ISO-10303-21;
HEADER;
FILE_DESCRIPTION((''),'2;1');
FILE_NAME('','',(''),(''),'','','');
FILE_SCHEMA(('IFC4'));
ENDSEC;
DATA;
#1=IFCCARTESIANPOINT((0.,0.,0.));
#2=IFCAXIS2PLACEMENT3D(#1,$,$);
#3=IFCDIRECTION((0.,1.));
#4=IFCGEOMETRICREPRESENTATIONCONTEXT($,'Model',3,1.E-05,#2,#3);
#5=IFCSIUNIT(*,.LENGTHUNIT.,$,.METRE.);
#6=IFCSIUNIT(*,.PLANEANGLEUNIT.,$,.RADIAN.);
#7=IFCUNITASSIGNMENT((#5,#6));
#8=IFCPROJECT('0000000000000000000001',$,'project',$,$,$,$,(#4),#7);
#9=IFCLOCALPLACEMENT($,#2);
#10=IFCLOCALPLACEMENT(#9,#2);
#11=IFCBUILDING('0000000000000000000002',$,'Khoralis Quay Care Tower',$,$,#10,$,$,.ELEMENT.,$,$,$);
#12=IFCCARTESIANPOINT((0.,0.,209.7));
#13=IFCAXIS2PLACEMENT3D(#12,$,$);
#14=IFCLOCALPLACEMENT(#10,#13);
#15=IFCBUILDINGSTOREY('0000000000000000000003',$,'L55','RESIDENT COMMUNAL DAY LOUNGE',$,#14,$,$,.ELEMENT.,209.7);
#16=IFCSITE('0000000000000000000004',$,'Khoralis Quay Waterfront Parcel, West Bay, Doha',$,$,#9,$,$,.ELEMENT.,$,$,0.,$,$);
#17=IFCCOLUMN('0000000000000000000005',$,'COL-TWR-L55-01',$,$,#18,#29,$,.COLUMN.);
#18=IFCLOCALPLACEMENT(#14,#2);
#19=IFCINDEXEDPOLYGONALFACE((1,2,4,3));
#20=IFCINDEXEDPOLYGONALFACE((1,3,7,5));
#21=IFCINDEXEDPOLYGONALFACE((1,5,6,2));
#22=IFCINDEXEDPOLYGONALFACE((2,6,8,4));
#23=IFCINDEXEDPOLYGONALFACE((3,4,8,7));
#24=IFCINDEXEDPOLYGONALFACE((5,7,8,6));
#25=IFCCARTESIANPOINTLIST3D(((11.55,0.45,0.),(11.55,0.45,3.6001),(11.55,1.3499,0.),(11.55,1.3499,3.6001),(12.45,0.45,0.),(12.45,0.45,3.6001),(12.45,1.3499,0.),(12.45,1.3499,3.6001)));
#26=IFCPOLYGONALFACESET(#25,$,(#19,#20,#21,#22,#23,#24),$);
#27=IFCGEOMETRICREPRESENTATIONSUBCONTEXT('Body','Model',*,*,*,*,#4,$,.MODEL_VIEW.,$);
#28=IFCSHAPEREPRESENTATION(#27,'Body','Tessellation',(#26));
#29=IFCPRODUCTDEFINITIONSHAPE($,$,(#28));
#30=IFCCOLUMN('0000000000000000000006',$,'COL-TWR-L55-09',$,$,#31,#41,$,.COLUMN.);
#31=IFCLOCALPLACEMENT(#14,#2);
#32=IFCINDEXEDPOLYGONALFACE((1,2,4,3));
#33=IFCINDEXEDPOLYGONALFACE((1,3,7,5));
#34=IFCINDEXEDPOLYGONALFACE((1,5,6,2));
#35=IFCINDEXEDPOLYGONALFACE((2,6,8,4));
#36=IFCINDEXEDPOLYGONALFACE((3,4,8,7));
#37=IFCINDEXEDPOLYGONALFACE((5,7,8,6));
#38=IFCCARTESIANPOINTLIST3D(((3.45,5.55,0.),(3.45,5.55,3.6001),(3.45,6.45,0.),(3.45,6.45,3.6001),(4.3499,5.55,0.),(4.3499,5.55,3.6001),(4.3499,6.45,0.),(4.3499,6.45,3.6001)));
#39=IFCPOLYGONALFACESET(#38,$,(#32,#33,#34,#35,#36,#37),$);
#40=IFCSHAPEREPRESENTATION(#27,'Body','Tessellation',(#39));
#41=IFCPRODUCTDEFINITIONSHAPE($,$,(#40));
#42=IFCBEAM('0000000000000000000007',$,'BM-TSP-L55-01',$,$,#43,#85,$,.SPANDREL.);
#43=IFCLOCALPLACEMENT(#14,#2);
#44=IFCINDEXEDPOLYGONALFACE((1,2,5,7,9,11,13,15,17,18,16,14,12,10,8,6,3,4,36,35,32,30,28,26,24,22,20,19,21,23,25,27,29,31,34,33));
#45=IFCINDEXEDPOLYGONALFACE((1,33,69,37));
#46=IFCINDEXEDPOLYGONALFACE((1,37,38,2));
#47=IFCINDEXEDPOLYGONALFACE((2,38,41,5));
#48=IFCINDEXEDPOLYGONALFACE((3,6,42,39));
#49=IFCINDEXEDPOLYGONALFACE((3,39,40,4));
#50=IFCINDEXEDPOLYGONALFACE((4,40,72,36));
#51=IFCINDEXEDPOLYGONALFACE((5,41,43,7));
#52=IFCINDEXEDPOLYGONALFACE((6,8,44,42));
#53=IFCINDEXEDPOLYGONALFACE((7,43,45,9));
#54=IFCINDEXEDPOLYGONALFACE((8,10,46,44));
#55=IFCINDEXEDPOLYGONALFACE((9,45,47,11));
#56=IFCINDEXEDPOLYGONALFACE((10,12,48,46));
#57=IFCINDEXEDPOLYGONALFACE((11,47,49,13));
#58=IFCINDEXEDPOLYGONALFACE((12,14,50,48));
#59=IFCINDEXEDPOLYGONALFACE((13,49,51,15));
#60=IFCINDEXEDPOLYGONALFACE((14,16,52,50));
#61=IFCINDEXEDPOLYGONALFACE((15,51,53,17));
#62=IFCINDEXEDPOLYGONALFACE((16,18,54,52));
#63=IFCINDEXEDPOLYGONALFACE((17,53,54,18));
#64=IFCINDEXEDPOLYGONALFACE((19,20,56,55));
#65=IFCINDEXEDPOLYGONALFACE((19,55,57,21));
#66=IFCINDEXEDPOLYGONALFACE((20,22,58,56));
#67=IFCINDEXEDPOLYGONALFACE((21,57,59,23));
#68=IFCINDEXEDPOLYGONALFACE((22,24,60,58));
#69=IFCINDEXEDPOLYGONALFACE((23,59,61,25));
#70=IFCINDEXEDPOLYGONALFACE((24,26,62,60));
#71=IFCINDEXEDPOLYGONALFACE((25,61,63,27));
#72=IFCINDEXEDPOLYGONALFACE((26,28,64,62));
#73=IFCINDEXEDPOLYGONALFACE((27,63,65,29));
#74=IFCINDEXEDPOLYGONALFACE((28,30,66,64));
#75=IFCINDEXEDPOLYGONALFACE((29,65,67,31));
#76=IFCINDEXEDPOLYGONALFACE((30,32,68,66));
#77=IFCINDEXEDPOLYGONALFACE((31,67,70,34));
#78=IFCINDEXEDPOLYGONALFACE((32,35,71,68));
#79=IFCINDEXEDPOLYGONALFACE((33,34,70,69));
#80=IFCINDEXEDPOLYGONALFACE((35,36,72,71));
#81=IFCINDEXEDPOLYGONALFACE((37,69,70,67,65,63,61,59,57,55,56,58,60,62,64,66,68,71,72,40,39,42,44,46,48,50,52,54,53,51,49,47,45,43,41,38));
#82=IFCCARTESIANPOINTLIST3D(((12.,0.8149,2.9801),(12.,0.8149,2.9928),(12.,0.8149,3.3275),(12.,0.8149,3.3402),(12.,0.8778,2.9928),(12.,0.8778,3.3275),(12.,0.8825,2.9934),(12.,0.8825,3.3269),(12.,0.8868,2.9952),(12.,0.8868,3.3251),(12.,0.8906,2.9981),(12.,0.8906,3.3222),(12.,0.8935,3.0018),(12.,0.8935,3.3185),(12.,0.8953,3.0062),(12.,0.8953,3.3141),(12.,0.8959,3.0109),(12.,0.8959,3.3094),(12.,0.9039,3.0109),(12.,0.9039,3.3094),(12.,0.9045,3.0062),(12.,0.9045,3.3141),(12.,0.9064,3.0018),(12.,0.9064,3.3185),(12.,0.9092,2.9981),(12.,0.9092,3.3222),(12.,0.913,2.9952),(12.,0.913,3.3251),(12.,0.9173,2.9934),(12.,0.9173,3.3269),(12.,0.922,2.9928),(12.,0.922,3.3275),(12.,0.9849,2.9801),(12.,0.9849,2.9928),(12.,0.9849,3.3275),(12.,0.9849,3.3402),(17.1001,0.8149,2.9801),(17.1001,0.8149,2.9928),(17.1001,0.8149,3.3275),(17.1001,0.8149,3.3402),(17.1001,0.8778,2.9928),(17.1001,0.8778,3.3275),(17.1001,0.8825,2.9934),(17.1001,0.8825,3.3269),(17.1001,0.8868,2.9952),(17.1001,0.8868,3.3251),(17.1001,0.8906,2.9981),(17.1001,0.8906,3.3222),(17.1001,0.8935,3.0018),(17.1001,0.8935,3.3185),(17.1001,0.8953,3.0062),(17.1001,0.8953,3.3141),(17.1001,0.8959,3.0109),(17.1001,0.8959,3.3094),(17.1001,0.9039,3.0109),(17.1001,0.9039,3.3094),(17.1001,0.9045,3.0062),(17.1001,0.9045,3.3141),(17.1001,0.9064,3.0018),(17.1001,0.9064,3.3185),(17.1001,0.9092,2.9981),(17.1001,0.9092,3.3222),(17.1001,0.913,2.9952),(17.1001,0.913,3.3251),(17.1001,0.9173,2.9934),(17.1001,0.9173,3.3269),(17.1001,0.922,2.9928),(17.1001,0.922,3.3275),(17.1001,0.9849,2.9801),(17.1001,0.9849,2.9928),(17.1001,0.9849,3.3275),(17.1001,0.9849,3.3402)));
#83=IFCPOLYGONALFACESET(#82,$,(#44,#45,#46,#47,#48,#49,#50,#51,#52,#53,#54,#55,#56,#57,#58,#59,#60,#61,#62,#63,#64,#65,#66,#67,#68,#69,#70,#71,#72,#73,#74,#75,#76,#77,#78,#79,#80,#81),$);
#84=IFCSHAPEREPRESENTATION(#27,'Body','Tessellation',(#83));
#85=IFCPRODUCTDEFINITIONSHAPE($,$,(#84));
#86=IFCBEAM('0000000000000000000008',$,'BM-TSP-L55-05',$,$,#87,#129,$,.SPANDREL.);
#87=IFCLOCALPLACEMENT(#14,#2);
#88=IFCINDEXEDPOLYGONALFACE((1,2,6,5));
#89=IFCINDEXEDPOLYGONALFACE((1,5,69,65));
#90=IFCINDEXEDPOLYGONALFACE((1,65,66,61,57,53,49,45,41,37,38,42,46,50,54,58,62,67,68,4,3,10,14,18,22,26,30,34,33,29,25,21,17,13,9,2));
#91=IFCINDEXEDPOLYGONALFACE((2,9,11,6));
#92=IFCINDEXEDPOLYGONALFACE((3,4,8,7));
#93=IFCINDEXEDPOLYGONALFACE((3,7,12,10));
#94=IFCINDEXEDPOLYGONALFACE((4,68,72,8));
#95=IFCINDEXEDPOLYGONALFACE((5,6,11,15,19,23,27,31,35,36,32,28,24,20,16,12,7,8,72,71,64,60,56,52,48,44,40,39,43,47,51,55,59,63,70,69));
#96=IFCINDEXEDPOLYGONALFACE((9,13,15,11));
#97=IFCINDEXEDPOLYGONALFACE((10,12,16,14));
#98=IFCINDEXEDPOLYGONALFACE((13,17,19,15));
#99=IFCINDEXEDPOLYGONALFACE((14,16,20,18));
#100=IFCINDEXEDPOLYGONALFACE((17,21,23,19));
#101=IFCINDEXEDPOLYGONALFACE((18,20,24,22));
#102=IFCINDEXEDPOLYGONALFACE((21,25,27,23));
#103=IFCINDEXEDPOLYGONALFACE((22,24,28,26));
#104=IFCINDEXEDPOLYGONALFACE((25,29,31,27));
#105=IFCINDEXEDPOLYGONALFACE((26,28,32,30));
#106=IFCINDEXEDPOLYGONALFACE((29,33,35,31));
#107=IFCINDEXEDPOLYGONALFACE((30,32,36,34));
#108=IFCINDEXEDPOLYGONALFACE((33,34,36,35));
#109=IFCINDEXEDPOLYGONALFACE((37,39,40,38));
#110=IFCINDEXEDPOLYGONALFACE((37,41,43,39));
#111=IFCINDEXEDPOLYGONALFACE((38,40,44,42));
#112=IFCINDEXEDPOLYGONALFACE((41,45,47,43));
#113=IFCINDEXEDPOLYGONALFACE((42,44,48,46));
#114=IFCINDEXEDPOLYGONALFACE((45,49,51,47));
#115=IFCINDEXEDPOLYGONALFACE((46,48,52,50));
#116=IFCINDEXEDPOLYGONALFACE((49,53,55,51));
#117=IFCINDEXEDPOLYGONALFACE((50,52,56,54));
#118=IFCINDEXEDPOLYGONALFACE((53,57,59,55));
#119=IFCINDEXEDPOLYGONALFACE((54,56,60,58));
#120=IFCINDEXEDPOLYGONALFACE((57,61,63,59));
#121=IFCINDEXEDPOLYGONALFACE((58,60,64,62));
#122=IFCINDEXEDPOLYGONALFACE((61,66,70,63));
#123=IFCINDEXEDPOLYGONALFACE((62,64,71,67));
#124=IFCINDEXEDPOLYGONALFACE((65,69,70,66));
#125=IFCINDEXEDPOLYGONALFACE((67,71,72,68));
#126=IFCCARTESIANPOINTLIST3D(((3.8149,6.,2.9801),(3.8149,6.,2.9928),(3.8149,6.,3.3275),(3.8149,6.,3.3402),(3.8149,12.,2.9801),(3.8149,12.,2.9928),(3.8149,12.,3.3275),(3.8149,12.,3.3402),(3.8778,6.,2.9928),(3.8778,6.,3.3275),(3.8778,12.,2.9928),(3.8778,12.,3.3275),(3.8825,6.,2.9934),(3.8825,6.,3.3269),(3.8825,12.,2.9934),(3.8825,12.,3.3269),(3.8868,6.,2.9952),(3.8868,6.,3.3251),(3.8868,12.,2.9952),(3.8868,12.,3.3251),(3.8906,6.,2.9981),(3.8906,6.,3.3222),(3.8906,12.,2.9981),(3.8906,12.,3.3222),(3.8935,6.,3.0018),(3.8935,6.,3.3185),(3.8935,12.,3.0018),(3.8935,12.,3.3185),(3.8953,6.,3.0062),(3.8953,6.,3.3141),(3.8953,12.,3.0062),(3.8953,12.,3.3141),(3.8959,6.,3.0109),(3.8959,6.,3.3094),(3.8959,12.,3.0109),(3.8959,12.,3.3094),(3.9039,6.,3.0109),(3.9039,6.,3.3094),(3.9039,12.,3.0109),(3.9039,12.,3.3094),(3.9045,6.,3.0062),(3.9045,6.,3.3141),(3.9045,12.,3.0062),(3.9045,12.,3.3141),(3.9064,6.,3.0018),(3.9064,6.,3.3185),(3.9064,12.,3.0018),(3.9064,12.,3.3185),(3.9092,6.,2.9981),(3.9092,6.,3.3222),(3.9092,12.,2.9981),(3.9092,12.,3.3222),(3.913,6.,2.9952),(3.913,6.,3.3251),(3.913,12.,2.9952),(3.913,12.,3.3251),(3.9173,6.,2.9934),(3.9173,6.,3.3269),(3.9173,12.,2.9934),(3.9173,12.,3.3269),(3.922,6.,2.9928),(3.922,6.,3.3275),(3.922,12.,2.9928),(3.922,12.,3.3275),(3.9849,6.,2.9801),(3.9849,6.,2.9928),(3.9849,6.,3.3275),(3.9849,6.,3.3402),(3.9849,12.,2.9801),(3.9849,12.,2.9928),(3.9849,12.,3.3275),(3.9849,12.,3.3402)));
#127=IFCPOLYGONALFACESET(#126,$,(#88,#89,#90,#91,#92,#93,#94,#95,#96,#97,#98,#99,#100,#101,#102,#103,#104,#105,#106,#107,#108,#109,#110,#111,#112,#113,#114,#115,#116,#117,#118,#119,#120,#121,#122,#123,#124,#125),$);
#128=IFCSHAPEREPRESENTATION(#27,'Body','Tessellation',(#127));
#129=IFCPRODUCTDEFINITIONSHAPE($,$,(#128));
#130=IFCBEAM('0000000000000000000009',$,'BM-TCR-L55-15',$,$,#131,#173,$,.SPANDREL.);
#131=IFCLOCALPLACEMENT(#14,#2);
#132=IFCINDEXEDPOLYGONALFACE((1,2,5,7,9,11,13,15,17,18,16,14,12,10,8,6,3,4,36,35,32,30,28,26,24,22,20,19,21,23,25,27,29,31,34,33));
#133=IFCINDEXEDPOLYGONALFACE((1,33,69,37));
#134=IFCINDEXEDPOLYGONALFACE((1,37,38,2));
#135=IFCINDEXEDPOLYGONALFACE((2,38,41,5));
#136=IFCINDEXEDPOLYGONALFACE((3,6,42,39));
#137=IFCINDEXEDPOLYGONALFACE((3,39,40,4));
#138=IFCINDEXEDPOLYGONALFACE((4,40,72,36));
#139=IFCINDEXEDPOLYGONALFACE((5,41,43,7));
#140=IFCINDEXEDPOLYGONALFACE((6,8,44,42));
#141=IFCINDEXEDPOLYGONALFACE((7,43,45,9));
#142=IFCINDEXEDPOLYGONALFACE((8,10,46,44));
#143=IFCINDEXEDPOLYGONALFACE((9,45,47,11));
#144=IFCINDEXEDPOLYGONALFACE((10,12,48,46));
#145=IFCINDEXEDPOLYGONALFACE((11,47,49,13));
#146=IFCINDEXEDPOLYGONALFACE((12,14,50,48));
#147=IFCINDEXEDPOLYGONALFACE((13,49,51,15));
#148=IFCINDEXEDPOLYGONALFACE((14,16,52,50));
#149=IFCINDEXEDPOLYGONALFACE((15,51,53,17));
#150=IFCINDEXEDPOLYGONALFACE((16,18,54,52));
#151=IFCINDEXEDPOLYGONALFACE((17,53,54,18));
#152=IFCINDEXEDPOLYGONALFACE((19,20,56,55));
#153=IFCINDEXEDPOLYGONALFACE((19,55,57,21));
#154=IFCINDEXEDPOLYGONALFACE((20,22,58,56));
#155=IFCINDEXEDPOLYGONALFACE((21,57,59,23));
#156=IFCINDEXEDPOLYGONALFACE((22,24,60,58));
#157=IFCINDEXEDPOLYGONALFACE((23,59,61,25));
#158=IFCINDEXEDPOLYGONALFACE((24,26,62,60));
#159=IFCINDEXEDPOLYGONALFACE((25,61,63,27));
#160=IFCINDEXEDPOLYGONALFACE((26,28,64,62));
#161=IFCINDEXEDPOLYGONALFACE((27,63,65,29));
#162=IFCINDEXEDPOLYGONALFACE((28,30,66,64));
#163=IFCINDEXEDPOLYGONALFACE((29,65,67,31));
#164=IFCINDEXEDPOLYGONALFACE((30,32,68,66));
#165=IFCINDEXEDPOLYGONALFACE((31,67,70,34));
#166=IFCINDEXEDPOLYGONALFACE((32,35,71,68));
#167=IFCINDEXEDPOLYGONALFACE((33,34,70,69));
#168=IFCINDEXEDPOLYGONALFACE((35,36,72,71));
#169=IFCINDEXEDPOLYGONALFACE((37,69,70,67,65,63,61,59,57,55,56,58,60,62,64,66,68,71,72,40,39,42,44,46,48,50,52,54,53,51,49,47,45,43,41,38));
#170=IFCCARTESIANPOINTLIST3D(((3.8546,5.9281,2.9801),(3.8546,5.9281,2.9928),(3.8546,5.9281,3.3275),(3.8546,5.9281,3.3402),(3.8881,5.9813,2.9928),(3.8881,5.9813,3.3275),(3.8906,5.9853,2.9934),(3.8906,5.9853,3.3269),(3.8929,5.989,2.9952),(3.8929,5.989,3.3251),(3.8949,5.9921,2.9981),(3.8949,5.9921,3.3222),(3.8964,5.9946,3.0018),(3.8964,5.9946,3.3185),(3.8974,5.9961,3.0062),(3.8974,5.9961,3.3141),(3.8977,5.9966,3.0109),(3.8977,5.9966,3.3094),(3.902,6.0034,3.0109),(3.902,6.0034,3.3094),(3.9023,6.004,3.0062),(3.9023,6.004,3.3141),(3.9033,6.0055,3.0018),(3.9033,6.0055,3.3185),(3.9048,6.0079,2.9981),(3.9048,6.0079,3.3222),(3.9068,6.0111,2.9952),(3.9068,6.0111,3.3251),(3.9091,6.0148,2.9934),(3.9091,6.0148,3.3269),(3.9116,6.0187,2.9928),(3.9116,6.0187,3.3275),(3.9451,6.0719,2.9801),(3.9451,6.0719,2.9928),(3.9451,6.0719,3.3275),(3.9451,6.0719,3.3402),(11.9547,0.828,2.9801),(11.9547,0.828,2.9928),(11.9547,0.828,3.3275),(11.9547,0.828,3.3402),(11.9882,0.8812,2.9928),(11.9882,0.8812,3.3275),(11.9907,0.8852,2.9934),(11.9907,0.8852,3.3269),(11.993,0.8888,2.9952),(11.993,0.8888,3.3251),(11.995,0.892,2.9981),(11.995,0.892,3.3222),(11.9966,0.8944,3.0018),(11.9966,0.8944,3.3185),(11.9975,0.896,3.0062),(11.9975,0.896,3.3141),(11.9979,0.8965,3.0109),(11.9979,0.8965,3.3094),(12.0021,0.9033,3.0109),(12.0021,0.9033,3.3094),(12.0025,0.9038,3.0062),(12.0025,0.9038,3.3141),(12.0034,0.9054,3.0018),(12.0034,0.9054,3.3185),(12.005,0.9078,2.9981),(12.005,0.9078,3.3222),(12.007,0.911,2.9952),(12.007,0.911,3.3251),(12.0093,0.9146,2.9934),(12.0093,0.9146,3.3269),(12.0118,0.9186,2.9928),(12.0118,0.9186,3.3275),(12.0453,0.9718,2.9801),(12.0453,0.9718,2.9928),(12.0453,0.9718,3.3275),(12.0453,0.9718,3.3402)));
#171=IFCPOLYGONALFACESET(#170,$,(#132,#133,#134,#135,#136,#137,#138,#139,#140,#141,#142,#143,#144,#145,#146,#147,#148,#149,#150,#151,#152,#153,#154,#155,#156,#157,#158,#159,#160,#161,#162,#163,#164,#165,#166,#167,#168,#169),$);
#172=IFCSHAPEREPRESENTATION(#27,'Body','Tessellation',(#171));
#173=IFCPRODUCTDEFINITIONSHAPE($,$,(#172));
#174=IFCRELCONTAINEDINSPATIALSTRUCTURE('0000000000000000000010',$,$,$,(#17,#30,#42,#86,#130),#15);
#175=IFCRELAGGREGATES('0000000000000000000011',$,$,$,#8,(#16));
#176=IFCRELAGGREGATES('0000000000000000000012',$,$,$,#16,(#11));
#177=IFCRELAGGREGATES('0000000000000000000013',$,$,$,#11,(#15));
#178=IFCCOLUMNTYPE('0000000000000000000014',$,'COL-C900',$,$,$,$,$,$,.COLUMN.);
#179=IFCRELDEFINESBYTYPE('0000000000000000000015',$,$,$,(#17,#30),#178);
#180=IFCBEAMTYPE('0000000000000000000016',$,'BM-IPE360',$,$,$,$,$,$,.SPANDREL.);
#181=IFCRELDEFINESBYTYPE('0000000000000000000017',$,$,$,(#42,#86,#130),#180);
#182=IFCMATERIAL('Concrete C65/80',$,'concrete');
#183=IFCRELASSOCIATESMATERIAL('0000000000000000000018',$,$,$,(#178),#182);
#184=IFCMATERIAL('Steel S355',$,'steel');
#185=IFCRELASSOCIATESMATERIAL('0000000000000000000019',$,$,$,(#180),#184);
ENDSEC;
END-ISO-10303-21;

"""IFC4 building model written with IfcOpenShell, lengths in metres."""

from ifc_helpers import new_model, si_unit, direction, frame, origin, origin_2d, place, context, subcontext, project, spatial, rectangle, i_section, extrude, source, transform, mapped, material, material_profile, profile_set, type_object, element, save


model = new_model("IFC4")

# Units and contexts
model_context = context("Model", 3, precision=1e-05, world=origin(), true_north=direction((0.0, 1.0)))
body_context = subcontext(model_context, "Body", "Model", "MODEL_VIEW")
ifc_project = project(units=[si_unit("LENGTHUNIT", "METRE"), si_unit("PLANEANGLEUNIT", "RADIAN")], contexts=[model_context])

# Site, building, storey
site_placement = place(None, origin())
site = spatial("IfcSite", under=ifc_project, at=site_placement, Name="Khoralis Quay Waterfront Parcel, West Bay, Doha", CompositionType="ELEMENT", RefElevation=0.0)
building_placement = place(site_placement, origin())
building = spatial("IfcBuilding", under=site, at=building_placement, Name="Khoralis Quay Care Tower", CompositionType="ELEMENT")
storey_placement = place(building_placement, frame((0.0, 0.0, 209.7)))
storey = spatial("IfcBuildingStorey", under=building, at=storey_placement, Name="L55", Description="RESIDENT COMMUNAL DAY LOUNGE", CompositionType="ELEMENT", Elevation=209.7)

# Columns
ifc_material_1 = material(Name="Concrete C65/80", Category="concrete")
ifc_material_profile_1 = material_profile(ifc_material_1, rectangle(XDim=0.8999, YDim=0.8999, at=origin_2d()), Name="Concrete C65/80")
ifc_profile_set_1 = profile_set([ifc_material_profile_1], Name="Concrete C65/80")
column_type = type_object("IfcColumnType", Name="COL-C900", PredefinedType="COLUMN", material=ifc_profile_set_1)
shared_shape_1 = source(origin(), body_context, "Body", "SweptSolid", [
    extrude(rectangle(XDim=0.8999, YDim=0.8999, at=origin_2d()), origin(), (0.0, 0.0, 1.0), 3.6001),
])
for number, where, z_axis, x_axis, name in (
    (1, (12.0, 0.8999, 0.0), (0.0, 0.0, 1.0), (1.0, 0.0, 0.0), "COL-TWR-L55-01"),
    (2, (3.8999, 6.0, 0.0), (0.0, 0.0, 1.0), (1.0, 0.0, 0.0), "COL-TWR-L55-09"),
):
    element("IfcColumn", number, at=place(storey_placement, frame(where, z_axis=z_axis, x_axis=x_axis)), inside=storey, type_object=column_type, Name=name, PredefinedType="COLUMN", context=body_context, shape_type="MappedRepresentation", body=[
        mapped(shared_shape_1, transform((0.0, 0.0, 0.0), scale=1.0)),
    ])

# Beams
ifc_material_2 = material(Name="Steel S355", Category="steel")
ifc_material_profile_2 = material_profile(ifc_material_2, i_section(OverallWidth=0.1699, OverallDepth=0.3601, WebThickness=0.0081, FlangeThickness=0.0127, FilletRadius=0.0181, at=origin_2d()), Name="Steel S355")
ifc_profile_set_2 = profile_set([ifc_material_profile_2], Name="Steel S355")
beam_type_1 = type_object("IfcBeamType", Name="BM-IPE360", PredefinedType="SPANDREL", material=ifc_profile_set_2)
shared_shape_2 = source(origin(), body_context, "Body", "SweptSolid", [
    extrude(i_section(OverallWidth=0.1699, OverallDepth=0.3601, WebThickness=0.0081, FlangeThickness=0.0127, FilletRadius=0.0181, at=origin_2d()), origin(), (0.0, 0.0, 1.0), 5.1001),
])
beam_1_placement = place(storey_placement, frame((12.0, 0.8999, 3.1602), z_axis=(1.0, 0.0, 0.0), x_axis=(0.0, 1.0, 0.0)))
element("IfcBeam", 3, at=beam_1_placement, inside=storey, type_object=beam_type_1, Name="BM-TSP-L55-01", PredefinedType="SPANDREL", context=body_context, shape_type="MappedRepresentation", body=[
    mapped(shared_shape_2, transform((0.0, 0.0, 0.0), scale=1.0)),
])
shared_shape_3 = source(origin(), body_context, "Body", "SweptSolid", [
    extrude(i_section(OverallWidth=0.1699, OverallDepth=0.3601, WebThickness=0.0081, FlangeThickness=0.0127, FilletRadius=0.0181, at=origin_2d()), origin(), (0.0, 0.0, 1.0), 6.0),
])
beam_2_placement = place(storey_placement, frame((3.8999, 6.0, 3.1602), z_axis=(0.0, 1.0, 0.0), x_axis=(-1.0, 0.0, 0.0)))
element("IfcBeam", 4, at=beam_2_placement, inside=storey, type_object=beam_type_1, Name="BM-TSP-L55-05", PredefinedType="SPANDREL", context=body_context, shape_type="MappedRepresentation", body=[
    mapped(shared_shape_3, transform((0.0, 0.0, 0.0), scale=1.0)),
])
shared_shape_4 = source(origin(), body_context, "Body", "SweptSolid", [
    extrude(i_section(OverallWidth=0.1699, OverallDepth=0.3601, WebThickness=0.0081, FlangeThickness=0.0127, FilletRadius=0.0181, at=origin_2d()), origin(), (0.0, 0.0, 1.0), 9.572),
])
beam_3_placement = place(storey_placement, frame((12.0, 0.8999, 3.1602), z_axis=(-0.846231, 0.532816, 0.0), x_axis=(-0.532816, -0.846231, 0.0)))
element("IfcBeam", 5, at=beam_3_placement, inside=storey, type_object=beam_type_1, Name="BM-TCR-L55-15", PredefinedType="SPANDREL", context=body_context, shape_type="MappedRepresentation", body=[
    mapped(shared_shape_4, transform((0.0, 0.0, 0.0), scale=1.0)),
])

save(model, "model.ifc")
